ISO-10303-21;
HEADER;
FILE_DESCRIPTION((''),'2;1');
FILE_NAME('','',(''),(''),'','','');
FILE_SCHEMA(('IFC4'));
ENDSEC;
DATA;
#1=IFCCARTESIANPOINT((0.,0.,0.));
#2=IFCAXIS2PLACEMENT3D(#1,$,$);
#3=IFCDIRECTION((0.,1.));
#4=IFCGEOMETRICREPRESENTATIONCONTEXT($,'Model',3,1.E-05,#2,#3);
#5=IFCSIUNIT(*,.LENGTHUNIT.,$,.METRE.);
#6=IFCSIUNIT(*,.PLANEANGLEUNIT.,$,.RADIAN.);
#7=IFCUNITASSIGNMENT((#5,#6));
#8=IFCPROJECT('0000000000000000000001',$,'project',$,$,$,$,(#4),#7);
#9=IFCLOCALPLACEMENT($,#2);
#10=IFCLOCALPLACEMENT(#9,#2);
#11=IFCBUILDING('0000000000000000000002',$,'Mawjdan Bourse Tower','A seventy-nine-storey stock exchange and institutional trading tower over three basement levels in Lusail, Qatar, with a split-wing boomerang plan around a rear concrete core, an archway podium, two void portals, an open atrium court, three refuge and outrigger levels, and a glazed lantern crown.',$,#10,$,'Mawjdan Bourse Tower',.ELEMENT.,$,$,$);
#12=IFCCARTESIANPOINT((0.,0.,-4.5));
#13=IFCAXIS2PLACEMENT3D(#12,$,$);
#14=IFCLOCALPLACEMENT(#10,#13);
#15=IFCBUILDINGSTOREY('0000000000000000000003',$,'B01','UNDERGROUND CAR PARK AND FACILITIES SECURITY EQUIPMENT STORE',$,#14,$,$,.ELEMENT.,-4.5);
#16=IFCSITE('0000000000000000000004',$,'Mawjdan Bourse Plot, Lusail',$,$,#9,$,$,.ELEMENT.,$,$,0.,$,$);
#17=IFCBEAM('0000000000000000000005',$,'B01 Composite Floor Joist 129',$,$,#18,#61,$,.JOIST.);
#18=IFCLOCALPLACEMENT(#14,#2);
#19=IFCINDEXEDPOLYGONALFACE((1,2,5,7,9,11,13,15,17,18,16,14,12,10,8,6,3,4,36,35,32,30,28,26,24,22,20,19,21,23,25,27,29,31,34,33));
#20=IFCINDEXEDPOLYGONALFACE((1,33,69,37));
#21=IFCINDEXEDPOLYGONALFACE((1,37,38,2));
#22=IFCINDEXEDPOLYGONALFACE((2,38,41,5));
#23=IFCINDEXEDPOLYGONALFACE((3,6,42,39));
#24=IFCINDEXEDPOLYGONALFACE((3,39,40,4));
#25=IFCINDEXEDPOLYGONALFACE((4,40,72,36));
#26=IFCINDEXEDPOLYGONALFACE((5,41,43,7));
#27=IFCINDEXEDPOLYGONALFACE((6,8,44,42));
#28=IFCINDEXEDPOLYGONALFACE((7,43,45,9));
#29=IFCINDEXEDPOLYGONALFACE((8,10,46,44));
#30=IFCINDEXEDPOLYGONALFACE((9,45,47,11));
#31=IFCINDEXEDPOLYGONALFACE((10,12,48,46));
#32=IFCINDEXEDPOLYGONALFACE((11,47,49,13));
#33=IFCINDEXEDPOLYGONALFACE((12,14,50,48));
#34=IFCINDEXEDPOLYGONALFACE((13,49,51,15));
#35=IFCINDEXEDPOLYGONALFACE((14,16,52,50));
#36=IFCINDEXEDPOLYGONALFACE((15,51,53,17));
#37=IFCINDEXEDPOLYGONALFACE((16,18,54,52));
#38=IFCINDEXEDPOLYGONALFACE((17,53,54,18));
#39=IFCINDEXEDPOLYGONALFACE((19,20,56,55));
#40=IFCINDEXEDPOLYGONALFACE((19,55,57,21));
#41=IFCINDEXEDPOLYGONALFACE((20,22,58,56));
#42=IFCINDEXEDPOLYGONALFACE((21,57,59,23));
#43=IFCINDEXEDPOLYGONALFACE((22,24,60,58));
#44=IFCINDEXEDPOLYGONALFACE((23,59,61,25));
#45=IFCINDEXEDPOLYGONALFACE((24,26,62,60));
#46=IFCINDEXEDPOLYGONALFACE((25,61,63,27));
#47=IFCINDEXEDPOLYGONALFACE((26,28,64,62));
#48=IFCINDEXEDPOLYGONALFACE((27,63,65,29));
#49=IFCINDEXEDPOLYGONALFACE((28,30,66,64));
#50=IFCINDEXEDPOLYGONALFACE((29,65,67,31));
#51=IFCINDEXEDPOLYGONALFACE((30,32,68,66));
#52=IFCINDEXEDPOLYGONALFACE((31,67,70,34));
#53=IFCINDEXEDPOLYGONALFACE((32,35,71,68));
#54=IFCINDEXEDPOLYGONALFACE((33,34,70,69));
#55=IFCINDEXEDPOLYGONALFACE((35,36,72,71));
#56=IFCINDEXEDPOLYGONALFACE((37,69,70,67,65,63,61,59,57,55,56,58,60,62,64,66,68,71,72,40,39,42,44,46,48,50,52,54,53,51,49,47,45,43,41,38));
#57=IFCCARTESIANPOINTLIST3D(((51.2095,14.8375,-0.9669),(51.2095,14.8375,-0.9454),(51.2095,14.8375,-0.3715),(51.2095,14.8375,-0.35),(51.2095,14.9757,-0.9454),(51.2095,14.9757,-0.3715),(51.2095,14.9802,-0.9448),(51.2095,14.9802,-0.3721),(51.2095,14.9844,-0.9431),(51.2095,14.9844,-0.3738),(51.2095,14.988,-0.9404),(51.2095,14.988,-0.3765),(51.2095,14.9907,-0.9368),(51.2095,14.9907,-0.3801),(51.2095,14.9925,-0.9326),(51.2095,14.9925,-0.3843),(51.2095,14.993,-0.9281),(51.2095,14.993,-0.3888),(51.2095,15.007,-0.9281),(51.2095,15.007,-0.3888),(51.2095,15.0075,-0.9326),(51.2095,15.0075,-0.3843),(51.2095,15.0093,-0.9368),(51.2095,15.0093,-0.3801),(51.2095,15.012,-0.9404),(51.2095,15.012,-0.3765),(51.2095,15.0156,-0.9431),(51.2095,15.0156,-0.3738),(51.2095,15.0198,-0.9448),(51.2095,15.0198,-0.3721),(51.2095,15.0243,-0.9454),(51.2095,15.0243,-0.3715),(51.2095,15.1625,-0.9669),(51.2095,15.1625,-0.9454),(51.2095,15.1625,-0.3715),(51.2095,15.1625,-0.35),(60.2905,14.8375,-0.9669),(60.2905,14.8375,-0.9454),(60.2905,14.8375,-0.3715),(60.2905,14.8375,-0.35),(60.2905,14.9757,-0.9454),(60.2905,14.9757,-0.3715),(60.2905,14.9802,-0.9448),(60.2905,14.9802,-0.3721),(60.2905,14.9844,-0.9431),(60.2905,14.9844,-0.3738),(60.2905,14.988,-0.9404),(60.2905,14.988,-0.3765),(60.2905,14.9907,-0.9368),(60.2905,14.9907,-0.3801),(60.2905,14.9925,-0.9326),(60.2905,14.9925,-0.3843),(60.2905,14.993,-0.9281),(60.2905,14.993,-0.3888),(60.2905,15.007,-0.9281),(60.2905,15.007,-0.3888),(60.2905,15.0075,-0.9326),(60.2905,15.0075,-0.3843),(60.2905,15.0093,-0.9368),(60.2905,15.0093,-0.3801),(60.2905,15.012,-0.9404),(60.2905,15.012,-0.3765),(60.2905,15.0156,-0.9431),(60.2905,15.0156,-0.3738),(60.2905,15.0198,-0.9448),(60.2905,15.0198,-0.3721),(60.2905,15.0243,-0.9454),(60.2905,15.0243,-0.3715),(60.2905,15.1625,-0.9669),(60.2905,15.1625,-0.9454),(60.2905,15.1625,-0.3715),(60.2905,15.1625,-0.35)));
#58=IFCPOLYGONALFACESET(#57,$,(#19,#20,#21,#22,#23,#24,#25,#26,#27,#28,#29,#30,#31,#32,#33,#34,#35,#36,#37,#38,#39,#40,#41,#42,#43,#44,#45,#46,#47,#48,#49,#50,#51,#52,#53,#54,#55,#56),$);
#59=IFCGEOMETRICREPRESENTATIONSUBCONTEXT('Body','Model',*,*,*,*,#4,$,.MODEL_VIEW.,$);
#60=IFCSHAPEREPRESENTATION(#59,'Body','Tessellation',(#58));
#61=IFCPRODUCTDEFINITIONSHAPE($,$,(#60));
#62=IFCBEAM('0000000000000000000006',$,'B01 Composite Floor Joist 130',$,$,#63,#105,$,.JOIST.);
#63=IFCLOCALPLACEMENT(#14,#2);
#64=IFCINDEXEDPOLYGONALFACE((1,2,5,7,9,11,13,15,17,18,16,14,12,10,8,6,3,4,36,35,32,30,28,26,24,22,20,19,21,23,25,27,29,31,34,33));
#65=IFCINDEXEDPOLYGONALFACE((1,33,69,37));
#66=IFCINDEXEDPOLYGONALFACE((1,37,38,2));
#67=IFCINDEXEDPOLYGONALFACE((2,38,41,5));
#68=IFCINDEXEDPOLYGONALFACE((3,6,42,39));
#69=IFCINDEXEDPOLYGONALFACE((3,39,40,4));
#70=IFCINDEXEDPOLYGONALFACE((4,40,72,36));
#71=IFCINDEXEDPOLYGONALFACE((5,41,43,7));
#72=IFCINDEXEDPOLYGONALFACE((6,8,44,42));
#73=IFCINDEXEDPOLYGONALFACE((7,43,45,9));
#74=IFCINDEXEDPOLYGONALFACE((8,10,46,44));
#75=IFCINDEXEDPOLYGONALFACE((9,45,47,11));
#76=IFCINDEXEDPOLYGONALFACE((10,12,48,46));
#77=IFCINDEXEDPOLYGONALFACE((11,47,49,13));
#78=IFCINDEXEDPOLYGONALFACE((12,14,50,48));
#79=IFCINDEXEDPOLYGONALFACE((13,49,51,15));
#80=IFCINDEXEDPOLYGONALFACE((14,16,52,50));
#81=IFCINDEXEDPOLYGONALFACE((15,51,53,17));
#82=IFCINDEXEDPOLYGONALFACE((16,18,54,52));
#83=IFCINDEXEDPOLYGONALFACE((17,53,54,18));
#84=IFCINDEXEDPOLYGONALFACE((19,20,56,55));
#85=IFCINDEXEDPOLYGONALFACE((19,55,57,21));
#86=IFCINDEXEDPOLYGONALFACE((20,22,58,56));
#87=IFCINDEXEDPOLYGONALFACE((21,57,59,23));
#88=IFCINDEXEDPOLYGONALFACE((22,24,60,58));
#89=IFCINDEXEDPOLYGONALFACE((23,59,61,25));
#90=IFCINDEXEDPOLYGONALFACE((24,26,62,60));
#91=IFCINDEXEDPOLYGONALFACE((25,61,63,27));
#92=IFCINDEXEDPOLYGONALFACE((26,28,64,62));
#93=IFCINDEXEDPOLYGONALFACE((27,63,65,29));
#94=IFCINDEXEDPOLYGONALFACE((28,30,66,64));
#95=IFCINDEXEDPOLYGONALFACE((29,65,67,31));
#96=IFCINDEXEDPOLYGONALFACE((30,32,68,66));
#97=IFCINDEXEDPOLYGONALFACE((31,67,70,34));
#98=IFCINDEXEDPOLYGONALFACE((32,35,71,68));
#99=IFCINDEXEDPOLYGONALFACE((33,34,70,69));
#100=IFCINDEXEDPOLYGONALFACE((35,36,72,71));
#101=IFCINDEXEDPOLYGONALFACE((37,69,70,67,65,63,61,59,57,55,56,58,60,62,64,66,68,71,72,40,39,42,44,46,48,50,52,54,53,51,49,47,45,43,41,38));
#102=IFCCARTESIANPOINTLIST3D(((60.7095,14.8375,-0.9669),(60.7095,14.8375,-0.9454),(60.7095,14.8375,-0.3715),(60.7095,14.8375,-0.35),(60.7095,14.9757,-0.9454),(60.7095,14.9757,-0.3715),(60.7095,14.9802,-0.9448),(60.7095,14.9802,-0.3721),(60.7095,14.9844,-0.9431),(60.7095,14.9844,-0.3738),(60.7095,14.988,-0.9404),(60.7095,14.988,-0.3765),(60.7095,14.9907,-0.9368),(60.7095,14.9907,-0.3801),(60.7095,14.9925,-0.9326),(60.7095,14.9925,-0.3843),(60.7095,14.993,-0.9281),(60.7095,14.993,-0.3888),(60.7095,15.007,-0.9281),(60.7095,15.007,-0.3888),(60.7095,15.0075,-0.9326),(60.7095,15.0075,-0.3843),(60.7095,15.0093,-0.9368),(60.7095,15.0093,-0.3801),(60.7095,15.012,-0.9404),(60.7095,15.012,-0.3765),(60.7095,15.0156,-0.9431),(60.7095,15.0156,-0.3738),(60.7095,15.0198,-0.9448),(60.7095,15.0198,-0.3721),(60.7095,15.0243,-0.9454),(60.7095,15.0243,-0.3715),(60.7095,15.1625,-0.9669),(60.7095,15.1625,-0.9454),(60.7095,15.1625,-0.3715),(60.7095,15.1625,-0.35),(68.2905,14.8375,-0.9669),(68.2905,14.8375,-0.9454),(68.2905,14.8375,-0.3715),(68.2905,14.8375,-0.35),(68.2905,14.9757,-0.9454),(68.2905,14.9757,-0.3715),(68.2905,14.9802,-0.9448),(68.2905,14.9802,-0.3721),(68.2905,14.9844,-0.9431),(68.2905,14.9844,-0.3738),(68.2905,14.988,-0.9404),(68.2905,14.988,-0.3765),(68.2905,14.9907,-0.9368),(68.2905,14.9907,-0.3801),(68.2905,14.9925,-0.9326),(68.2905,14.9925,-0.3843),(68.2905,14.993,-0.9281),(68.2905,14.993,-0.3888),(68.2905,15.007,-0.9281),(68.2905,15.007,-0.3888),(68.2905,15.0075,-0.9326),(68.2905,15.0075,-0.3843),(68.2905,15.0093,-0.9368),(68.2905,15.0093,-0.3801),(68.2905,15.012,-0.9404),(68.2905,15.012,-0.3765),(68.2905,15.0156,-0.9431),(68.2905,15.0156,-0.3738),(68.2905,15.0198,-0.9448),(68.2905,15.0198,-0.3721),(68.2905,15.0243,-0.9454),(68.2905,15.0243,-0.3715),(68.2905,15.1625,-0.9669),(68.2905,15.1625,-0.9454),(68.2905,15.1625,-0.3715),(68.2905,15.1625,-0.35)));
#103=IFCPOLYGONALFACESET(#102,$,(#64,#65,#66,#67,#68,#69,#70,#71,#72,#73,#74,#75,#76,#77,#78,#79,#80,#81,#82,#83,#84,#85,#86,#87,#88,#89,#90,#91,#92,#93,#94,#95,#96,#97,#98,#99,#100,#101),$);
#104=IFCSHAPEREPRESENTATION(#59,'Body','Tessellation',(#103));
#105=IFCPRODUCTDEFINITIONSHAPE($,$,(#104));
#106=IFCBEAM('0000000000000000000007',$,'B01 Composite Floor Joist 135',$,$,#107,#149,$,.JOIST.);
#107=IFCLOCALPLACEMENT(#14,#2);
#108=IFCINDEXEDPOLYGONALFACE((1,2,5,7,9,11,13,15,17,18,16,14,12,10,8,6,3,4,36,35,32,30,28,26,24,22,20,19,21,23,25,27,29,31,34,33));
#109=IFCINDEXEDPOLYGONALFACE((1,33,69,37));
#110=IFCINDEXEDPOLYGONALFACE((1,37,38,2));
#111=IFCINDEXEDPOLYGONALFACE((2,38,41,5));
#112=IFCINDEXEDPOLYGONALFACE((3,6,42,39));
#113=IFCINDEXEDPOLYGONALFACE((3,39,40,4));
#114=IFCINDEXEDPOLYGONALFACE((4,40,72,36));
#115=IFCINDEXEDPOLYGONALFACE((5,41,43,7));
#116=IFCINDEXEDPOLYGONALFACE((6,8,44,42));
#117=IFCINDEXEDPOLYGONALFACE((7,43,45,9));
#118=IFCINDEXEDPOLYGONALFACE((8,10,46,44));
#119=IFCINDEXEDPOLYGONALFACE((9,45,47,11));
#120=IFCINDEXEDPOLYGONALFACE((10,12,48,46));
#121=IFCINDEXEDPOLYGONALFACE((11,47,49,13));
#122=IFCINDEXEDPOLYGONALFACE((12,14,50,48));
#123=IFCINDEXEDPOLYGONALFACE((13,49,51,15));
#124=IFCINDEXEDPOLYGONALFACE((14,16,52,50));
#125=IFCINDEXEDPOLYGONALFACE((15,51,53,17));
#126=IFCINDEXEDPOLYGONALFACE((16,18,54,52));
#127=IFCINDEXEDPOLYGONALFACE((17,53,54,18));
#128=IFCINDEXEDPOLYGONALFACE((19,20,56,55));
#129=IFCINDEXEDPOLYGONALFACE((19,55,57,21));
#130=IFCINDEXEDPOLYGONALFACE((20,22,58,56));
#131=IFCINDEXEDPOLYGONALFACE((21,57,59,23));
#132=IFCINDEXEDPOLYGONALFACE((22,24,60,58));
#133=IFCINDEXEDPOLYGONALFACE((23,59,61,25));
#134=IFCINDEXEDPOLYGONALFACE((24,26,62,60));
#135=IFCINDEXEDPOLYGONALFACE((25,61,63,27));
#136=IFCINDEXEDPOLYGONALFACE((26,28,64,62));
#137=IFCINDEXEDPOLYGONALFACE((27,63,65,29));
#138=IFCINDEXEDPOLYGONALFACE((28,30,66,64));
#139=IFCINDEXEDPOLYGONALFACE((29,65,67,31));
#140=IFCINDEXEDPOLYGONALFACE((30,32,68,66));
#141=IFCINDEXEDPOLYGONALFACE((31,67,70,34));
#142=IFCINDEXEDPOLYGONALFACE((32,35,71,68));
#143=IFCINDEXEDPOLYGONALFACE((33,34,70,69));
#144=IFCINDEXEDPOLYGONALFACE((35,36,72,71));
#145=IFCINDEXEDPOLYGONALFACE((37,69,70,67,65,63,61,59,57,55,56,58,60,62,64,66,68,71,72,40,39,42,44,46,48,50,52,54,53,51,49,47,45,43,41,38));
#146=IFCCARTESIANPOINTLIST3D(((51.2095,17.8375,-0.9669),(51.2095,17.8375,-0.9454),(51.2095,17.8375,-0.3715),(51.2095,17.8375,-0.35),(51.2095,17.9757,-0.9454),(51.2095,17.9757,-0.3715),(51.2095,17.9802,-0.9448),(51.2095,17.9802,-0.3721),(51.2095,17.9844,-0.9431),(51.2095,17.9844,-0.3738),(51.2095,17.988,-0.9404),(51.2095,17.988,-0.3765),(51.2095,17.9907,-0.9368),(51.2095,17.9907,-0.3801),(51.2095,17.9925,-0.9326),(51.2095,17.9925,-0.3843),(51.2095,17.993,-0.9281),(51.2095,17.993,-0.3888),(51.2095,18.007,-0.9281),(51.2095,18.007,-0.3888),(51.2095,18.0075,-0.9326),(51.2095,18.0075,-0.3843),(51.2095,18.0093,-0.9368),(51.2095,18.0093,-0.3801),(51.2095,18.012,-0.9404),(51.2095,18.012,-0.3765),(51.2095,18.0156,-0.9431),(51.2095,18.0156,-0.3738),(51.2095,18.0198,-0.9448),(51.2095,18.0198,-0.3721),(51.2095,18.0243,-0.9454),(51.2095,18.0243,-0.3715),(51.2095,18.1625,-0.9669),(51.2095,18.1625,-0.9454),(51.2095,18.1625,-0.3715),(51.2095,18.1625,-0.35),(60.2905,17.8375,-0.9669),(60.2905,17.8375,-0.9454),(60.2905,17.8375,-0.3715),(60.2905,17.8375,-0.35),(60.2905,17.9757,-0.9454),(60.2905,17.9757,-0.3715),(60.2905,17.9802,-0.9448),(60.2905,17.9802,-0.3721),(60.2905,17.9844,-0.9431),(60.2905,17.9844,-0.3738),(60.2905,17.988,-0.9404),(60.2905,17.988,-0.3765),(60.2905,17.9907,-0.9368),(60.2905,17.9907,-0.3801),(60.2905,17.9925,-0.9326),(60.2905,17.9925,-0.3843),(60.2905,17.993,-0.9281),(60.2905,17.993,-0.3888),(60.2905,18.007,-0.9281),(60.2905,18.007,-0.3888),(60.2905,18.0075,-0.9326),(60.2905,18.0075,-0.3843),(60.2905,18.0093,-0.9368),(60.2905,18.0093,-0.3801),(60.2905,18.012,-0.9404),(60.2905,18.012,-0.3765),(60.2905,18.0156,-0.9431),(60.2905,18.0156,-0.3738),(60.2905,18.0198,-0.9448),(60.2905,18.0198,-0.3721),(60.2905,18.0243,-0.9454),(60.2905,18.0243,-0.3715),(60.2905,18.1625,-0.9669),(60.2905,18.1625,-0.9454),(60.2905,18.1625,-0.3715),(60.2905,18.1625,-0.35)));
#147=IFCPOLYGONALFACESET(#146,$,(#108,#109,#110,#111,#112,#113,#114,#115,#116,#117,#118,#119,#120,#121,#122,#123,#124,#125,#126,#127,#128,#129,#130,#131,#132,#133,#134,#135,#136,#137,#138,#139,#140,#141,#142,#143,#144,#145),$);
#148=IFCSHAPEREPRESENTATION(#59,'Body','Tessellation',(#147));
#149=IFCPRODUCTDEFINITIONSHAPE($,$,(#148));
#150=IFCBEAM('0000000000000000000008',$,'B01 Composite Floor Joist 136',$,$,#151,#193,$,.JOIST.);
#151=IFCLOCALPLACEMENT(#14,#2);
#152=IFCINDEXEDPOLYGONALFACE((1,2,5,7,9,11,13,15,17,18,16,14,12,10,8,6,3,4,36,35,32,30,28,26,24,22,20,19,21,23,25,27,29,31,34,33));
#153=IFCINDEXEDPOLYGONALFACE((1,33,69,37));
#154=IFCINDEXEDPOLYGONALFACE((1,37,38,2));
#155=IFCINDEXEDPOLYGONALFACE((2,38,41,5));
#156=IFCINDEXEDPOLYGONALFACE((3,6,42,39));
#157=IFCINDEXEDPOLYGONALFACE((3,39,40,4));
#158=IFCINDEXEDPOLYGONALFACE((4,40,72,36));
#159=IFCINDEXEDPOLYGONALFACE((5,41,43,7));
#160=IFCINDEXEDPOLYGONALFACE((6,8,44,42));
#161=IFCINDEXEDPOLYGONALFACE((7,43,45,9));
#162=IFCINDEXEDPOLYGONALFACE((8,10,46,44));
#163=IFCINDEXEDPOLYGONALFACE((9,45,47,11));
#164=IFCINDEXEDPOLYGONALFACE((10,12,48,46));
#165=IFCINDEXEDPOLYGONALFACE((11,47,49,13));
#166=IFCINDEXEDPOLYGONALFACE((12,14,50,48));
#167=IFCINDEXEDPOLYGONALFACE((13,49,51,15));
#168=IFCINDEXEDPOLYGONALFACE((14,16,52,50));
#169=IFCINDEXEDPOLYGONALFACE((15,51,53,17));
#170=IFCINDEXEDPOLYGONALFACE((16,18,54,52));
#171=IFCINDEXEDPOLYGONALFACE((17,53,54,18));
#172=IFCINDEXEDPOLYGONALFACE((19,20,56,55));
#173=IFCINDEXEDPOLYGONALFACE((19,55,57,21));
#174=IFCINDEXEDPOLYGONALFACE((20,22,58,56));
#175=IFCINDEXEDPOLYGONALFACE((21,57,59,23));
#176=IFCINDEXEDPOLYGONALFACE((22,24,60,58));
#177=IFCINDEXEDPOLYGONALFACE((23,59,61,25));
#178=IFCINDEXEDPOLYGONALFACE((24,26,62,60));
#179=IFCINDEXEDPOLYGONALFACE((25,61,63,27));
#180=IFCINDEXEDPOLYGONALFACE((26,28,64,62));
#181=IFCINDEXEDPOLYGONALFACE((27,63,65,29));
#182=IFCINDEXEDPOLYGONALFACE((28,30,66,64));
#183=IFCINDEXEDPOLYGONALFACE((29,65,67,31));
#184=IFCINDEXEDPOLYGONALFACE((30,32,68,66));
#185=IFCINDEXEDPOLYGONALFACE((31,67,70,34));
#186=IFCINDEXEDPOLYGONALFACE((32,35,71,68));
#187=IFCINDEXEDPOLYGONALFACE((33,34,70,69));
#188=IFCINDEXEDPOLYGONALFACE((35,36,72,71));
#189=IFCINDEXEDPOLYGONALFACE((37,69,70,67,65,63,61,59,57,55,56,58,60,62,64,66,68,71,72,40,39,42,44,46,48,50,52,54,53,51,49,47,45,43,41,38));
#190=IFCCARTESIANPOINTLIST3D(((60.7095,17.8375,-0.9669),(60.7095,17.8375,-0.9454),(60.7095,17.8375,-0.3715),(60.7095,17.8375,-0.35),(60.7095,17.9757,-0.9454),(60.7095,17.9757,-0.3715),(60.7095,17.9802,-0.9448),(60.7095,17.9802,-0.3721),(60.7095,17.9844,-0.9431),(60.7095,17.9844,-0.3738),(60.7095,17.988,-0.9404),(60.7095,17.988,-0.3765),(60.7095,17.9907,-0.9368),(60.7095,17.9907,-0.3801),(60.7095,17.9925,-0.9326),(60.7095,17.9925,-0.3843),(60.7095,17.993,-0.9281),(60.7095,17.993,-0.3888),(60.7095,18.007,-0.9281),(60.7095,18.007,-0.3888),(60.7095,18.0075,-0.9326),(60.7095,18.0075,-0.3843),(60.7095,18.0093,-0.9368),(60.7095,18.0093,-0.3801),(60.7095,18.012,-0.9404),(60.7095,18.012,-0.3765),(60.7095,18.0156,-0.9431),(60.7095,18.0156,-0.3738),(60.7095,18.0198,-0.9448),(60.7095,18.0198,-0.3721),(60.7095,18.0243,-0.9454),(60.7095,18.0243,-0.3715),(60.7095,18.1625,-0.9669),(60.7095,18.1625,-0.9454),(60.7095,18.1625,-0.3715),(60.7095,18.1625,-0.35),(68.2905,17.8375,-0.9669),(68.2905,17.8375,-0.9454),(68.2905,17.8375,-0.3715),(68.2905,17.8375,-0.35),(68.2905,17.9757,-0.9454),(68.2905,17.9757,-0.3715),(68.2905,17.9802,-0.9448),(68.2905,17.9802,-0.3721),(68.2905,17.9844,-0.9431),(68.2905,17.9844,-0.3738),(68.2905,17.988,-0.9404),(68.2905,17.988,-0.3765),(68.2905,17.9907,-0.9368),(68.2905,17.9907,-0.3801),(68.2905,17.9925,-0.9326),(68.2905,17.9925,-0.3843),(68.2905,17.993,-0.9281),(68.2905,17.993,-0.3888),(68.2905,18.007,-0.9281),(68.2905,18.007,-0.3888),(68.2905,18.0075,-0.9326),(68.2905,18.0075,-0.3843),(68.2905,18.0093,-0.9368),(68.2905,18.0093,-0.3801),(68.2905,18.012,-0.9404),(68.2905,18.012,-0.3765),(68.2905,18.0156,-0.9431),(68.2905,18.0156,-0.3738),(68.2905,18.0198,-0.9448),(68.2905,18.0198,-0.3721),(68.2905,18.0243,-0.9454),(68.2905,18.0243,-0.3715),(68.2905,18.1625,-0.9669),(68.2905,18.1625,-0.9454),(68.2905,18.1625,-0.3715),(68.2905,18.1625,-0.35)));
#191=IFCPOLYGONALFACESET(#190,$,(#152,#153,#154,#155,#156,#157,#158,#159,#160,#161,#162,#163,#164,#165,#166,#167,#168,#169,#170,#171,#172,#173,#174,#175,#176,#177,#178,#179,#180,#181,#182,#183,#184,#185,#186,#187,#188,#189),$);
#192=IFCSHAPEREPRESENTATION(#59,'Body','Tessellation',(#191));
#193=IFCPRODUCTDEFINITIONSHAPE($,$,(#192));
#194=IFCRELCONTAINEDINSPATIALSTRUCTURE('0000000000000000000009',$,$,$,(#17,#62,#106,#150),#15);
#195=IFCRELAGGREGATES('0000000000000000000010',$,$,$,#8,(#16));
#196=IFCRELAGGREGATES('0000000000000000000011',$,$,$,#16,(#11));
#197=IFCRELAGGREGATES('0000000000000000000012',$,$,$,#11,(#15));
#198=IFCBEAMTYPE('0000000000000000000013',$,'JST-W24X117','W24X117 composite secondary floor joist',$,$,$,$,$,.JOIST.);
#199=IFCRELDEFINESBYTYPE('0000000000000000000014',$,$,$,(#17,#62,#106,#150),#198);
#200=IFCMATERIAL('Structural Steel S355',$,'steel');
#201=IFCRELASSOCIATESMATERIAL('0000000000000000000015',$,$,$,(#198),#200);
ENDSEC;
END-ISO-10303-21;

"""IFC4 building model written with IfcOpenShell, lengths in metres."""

from ifc_helpers import new_model, si_unit, direction, frame, origin, origin_2d, place, context, subcontext, project, spatial, i_section, extrude, material, material_profile, profile_set, type_object, element, save


model = new_model("IFC4")

# Units and contexts
model_context = context("Model", 3, precision=1e-05, world=origin(), true_north=direction((0.0, 1.0)))
body_context = subcontext(model_context, "Body", "Model", "MODEL_VIEW")
ifc_project = project(units=[si_unit("LENGTHUNIT", "METRE"), si_unit("PLANEANGLEUNIT", "RADIAN")], contexts=[model_context])

# Site, building, storey
site_placement = place(None, origin())
site = spatial("IfcSite", under=ifc_project, at=site_placement, Name="Mawjdan Bourse Plot, Lusail", CompositionType="ELEMENT", RefElevation=0.0)
building_placement = place(site_placement, origin())
building = spatial("IfcBuilding", under=site, at=building_placement, Name="Mawjdan Bourse Tower", Description="A seventy-nine-storey stock exchange and institutional trading tower over three basement levels in Lusail, Qatar, with a split-wing boomerang plan around a rear concrete core, an archway podium, two void portals, an open atrium court, three refuge and outrigger levels, and a glazed lantern crown.", LongName="Mawjdan Bourse Tower", CompositionType="ELEMENT")
storey_placement = place(building_placement, frame((0.0, 0.0, -4.5)))
storey = spatial("IfcBuildingStorey", under=building, at=storey_placement, Name="B01", Description="UNDERGROUND CAR PARK AND FACILITIES SECURITY EQUIPMENT STORE", CompositionType="ELEMENT", Elevation=-4.5)

# Beams
ifc_material_1 = material(Name="Structural Steel S355", Category="steel")
ifc_material_profile_1 = material_profile(ifc_material_1, i_section(OverallWidth=0.325, OverallDepth=0.6169, WebThickness=0.0139, FlangeThickness=0.0215, FilletRadius=0.0173, at=origin_2d()), Name="W24X117")
ifc_profile_set_1 = profile_set([ifc_material_profile_1], Name="Structural Steel S355")
beam_type_1 = type_object("IfcBeamType", Name="JST-W24X117", Description="W24X117 composite secondary floor joist", PredefinedType="JOIST", material=ifc_profile_set_1)
beam_1_placement = place(storey_placement, frame((51.2095, 15.0, -0.6584), z_axis=(1.0, 0.0, 0.0), x_axis=(0.0, 1.0, 0.0)))
element("IfcBeam", 1, at=beam_1_placement, inside=storey, type_object=beam_type_1, Name="B01 Composite Floor Joist 129", PredefinedType="JOIST", context=body_context, shape_type="SweptSolid", body=[
    extrude(i_section(OverallWidth=0.325, OverallDepth=0.6169, WebThickness=0.0139, FlangeThickness=0.0215, FilletRadius=0.0173, at=origin_2d()), origin(), (0.0, 0.0, 1.0), 9.0811),
])
beam_2_placement = place(storey_placement, frame((60.7095, 15.0, -0.6584), z_axis=(1.0, 0.0, 0.0), x_axis=(0.0, 1.0, 0.0)))
element("IfcBeam", 2, at=beam_2_placement, inside=storey, type_object=beam_type_1, Name="B01 Composite Floor Joist 130", PredefinedType="JOIST", context=body_context, shape_type="SweptSolid", body=[
    extrude(i_section(OverallWidth=0.325, OverallDepth=0.6169, WebThickness=0.0139, FlangeThickness=0.0215, FilletRadius=0.0173, at=origin_2d()), origin(), (0.0, 0.0, 1.0), 7.5811),
])
beam_3_placement = place(storey_placement, frame((51.2095, 18.0, -0.6584), z_axis=(1.0, 0.0, 0.0), x_axis=(0.0, 1.0, 0.0)))
element("IfcBeam", 3, at=beam_3_placement, inside=storey, type_object=beam_type_1, Name="B01 Composite Floor Joist 135", PredefinedType="JOIST", context=body_context, shape_type="SweptSolid", body=[
    extrude(i_section(OverallWidth=0.325, OverallDepth=0.6169, WebThickness=0.0139, FlangeThickness=0.0215, FilletRadius=0.0173, at=origin_2d()), origin(), (0.0, 0.0, 1.0), 9.0811),
])
beam_4_placement = place(storey_placement, frame((60.7095, 18.0, -0.6584), z_axis=(1.0, 0.0, 0.0), x_axis=(0.0, 1.0, 0.0)))
element("IfcBeam", 4, at=beam_4_placement, inside=storey, type_object=beam_type_1, Name="B01 Composite Floor Joist 136", PredefinedType="JOIST", context=body_context, shape_type="SweptSolid", body=[
    extrude(i_section(OverallWidth=0.325, OverallDepth=0.6169, WebThickness=0.0139, FlangeThickness=0.0215, FilletRadius=0.0173, at=origin_2d()), origin(), (0.0, 0.0, 1.0), 7.5811),
])

save(model, "model.ifc")
